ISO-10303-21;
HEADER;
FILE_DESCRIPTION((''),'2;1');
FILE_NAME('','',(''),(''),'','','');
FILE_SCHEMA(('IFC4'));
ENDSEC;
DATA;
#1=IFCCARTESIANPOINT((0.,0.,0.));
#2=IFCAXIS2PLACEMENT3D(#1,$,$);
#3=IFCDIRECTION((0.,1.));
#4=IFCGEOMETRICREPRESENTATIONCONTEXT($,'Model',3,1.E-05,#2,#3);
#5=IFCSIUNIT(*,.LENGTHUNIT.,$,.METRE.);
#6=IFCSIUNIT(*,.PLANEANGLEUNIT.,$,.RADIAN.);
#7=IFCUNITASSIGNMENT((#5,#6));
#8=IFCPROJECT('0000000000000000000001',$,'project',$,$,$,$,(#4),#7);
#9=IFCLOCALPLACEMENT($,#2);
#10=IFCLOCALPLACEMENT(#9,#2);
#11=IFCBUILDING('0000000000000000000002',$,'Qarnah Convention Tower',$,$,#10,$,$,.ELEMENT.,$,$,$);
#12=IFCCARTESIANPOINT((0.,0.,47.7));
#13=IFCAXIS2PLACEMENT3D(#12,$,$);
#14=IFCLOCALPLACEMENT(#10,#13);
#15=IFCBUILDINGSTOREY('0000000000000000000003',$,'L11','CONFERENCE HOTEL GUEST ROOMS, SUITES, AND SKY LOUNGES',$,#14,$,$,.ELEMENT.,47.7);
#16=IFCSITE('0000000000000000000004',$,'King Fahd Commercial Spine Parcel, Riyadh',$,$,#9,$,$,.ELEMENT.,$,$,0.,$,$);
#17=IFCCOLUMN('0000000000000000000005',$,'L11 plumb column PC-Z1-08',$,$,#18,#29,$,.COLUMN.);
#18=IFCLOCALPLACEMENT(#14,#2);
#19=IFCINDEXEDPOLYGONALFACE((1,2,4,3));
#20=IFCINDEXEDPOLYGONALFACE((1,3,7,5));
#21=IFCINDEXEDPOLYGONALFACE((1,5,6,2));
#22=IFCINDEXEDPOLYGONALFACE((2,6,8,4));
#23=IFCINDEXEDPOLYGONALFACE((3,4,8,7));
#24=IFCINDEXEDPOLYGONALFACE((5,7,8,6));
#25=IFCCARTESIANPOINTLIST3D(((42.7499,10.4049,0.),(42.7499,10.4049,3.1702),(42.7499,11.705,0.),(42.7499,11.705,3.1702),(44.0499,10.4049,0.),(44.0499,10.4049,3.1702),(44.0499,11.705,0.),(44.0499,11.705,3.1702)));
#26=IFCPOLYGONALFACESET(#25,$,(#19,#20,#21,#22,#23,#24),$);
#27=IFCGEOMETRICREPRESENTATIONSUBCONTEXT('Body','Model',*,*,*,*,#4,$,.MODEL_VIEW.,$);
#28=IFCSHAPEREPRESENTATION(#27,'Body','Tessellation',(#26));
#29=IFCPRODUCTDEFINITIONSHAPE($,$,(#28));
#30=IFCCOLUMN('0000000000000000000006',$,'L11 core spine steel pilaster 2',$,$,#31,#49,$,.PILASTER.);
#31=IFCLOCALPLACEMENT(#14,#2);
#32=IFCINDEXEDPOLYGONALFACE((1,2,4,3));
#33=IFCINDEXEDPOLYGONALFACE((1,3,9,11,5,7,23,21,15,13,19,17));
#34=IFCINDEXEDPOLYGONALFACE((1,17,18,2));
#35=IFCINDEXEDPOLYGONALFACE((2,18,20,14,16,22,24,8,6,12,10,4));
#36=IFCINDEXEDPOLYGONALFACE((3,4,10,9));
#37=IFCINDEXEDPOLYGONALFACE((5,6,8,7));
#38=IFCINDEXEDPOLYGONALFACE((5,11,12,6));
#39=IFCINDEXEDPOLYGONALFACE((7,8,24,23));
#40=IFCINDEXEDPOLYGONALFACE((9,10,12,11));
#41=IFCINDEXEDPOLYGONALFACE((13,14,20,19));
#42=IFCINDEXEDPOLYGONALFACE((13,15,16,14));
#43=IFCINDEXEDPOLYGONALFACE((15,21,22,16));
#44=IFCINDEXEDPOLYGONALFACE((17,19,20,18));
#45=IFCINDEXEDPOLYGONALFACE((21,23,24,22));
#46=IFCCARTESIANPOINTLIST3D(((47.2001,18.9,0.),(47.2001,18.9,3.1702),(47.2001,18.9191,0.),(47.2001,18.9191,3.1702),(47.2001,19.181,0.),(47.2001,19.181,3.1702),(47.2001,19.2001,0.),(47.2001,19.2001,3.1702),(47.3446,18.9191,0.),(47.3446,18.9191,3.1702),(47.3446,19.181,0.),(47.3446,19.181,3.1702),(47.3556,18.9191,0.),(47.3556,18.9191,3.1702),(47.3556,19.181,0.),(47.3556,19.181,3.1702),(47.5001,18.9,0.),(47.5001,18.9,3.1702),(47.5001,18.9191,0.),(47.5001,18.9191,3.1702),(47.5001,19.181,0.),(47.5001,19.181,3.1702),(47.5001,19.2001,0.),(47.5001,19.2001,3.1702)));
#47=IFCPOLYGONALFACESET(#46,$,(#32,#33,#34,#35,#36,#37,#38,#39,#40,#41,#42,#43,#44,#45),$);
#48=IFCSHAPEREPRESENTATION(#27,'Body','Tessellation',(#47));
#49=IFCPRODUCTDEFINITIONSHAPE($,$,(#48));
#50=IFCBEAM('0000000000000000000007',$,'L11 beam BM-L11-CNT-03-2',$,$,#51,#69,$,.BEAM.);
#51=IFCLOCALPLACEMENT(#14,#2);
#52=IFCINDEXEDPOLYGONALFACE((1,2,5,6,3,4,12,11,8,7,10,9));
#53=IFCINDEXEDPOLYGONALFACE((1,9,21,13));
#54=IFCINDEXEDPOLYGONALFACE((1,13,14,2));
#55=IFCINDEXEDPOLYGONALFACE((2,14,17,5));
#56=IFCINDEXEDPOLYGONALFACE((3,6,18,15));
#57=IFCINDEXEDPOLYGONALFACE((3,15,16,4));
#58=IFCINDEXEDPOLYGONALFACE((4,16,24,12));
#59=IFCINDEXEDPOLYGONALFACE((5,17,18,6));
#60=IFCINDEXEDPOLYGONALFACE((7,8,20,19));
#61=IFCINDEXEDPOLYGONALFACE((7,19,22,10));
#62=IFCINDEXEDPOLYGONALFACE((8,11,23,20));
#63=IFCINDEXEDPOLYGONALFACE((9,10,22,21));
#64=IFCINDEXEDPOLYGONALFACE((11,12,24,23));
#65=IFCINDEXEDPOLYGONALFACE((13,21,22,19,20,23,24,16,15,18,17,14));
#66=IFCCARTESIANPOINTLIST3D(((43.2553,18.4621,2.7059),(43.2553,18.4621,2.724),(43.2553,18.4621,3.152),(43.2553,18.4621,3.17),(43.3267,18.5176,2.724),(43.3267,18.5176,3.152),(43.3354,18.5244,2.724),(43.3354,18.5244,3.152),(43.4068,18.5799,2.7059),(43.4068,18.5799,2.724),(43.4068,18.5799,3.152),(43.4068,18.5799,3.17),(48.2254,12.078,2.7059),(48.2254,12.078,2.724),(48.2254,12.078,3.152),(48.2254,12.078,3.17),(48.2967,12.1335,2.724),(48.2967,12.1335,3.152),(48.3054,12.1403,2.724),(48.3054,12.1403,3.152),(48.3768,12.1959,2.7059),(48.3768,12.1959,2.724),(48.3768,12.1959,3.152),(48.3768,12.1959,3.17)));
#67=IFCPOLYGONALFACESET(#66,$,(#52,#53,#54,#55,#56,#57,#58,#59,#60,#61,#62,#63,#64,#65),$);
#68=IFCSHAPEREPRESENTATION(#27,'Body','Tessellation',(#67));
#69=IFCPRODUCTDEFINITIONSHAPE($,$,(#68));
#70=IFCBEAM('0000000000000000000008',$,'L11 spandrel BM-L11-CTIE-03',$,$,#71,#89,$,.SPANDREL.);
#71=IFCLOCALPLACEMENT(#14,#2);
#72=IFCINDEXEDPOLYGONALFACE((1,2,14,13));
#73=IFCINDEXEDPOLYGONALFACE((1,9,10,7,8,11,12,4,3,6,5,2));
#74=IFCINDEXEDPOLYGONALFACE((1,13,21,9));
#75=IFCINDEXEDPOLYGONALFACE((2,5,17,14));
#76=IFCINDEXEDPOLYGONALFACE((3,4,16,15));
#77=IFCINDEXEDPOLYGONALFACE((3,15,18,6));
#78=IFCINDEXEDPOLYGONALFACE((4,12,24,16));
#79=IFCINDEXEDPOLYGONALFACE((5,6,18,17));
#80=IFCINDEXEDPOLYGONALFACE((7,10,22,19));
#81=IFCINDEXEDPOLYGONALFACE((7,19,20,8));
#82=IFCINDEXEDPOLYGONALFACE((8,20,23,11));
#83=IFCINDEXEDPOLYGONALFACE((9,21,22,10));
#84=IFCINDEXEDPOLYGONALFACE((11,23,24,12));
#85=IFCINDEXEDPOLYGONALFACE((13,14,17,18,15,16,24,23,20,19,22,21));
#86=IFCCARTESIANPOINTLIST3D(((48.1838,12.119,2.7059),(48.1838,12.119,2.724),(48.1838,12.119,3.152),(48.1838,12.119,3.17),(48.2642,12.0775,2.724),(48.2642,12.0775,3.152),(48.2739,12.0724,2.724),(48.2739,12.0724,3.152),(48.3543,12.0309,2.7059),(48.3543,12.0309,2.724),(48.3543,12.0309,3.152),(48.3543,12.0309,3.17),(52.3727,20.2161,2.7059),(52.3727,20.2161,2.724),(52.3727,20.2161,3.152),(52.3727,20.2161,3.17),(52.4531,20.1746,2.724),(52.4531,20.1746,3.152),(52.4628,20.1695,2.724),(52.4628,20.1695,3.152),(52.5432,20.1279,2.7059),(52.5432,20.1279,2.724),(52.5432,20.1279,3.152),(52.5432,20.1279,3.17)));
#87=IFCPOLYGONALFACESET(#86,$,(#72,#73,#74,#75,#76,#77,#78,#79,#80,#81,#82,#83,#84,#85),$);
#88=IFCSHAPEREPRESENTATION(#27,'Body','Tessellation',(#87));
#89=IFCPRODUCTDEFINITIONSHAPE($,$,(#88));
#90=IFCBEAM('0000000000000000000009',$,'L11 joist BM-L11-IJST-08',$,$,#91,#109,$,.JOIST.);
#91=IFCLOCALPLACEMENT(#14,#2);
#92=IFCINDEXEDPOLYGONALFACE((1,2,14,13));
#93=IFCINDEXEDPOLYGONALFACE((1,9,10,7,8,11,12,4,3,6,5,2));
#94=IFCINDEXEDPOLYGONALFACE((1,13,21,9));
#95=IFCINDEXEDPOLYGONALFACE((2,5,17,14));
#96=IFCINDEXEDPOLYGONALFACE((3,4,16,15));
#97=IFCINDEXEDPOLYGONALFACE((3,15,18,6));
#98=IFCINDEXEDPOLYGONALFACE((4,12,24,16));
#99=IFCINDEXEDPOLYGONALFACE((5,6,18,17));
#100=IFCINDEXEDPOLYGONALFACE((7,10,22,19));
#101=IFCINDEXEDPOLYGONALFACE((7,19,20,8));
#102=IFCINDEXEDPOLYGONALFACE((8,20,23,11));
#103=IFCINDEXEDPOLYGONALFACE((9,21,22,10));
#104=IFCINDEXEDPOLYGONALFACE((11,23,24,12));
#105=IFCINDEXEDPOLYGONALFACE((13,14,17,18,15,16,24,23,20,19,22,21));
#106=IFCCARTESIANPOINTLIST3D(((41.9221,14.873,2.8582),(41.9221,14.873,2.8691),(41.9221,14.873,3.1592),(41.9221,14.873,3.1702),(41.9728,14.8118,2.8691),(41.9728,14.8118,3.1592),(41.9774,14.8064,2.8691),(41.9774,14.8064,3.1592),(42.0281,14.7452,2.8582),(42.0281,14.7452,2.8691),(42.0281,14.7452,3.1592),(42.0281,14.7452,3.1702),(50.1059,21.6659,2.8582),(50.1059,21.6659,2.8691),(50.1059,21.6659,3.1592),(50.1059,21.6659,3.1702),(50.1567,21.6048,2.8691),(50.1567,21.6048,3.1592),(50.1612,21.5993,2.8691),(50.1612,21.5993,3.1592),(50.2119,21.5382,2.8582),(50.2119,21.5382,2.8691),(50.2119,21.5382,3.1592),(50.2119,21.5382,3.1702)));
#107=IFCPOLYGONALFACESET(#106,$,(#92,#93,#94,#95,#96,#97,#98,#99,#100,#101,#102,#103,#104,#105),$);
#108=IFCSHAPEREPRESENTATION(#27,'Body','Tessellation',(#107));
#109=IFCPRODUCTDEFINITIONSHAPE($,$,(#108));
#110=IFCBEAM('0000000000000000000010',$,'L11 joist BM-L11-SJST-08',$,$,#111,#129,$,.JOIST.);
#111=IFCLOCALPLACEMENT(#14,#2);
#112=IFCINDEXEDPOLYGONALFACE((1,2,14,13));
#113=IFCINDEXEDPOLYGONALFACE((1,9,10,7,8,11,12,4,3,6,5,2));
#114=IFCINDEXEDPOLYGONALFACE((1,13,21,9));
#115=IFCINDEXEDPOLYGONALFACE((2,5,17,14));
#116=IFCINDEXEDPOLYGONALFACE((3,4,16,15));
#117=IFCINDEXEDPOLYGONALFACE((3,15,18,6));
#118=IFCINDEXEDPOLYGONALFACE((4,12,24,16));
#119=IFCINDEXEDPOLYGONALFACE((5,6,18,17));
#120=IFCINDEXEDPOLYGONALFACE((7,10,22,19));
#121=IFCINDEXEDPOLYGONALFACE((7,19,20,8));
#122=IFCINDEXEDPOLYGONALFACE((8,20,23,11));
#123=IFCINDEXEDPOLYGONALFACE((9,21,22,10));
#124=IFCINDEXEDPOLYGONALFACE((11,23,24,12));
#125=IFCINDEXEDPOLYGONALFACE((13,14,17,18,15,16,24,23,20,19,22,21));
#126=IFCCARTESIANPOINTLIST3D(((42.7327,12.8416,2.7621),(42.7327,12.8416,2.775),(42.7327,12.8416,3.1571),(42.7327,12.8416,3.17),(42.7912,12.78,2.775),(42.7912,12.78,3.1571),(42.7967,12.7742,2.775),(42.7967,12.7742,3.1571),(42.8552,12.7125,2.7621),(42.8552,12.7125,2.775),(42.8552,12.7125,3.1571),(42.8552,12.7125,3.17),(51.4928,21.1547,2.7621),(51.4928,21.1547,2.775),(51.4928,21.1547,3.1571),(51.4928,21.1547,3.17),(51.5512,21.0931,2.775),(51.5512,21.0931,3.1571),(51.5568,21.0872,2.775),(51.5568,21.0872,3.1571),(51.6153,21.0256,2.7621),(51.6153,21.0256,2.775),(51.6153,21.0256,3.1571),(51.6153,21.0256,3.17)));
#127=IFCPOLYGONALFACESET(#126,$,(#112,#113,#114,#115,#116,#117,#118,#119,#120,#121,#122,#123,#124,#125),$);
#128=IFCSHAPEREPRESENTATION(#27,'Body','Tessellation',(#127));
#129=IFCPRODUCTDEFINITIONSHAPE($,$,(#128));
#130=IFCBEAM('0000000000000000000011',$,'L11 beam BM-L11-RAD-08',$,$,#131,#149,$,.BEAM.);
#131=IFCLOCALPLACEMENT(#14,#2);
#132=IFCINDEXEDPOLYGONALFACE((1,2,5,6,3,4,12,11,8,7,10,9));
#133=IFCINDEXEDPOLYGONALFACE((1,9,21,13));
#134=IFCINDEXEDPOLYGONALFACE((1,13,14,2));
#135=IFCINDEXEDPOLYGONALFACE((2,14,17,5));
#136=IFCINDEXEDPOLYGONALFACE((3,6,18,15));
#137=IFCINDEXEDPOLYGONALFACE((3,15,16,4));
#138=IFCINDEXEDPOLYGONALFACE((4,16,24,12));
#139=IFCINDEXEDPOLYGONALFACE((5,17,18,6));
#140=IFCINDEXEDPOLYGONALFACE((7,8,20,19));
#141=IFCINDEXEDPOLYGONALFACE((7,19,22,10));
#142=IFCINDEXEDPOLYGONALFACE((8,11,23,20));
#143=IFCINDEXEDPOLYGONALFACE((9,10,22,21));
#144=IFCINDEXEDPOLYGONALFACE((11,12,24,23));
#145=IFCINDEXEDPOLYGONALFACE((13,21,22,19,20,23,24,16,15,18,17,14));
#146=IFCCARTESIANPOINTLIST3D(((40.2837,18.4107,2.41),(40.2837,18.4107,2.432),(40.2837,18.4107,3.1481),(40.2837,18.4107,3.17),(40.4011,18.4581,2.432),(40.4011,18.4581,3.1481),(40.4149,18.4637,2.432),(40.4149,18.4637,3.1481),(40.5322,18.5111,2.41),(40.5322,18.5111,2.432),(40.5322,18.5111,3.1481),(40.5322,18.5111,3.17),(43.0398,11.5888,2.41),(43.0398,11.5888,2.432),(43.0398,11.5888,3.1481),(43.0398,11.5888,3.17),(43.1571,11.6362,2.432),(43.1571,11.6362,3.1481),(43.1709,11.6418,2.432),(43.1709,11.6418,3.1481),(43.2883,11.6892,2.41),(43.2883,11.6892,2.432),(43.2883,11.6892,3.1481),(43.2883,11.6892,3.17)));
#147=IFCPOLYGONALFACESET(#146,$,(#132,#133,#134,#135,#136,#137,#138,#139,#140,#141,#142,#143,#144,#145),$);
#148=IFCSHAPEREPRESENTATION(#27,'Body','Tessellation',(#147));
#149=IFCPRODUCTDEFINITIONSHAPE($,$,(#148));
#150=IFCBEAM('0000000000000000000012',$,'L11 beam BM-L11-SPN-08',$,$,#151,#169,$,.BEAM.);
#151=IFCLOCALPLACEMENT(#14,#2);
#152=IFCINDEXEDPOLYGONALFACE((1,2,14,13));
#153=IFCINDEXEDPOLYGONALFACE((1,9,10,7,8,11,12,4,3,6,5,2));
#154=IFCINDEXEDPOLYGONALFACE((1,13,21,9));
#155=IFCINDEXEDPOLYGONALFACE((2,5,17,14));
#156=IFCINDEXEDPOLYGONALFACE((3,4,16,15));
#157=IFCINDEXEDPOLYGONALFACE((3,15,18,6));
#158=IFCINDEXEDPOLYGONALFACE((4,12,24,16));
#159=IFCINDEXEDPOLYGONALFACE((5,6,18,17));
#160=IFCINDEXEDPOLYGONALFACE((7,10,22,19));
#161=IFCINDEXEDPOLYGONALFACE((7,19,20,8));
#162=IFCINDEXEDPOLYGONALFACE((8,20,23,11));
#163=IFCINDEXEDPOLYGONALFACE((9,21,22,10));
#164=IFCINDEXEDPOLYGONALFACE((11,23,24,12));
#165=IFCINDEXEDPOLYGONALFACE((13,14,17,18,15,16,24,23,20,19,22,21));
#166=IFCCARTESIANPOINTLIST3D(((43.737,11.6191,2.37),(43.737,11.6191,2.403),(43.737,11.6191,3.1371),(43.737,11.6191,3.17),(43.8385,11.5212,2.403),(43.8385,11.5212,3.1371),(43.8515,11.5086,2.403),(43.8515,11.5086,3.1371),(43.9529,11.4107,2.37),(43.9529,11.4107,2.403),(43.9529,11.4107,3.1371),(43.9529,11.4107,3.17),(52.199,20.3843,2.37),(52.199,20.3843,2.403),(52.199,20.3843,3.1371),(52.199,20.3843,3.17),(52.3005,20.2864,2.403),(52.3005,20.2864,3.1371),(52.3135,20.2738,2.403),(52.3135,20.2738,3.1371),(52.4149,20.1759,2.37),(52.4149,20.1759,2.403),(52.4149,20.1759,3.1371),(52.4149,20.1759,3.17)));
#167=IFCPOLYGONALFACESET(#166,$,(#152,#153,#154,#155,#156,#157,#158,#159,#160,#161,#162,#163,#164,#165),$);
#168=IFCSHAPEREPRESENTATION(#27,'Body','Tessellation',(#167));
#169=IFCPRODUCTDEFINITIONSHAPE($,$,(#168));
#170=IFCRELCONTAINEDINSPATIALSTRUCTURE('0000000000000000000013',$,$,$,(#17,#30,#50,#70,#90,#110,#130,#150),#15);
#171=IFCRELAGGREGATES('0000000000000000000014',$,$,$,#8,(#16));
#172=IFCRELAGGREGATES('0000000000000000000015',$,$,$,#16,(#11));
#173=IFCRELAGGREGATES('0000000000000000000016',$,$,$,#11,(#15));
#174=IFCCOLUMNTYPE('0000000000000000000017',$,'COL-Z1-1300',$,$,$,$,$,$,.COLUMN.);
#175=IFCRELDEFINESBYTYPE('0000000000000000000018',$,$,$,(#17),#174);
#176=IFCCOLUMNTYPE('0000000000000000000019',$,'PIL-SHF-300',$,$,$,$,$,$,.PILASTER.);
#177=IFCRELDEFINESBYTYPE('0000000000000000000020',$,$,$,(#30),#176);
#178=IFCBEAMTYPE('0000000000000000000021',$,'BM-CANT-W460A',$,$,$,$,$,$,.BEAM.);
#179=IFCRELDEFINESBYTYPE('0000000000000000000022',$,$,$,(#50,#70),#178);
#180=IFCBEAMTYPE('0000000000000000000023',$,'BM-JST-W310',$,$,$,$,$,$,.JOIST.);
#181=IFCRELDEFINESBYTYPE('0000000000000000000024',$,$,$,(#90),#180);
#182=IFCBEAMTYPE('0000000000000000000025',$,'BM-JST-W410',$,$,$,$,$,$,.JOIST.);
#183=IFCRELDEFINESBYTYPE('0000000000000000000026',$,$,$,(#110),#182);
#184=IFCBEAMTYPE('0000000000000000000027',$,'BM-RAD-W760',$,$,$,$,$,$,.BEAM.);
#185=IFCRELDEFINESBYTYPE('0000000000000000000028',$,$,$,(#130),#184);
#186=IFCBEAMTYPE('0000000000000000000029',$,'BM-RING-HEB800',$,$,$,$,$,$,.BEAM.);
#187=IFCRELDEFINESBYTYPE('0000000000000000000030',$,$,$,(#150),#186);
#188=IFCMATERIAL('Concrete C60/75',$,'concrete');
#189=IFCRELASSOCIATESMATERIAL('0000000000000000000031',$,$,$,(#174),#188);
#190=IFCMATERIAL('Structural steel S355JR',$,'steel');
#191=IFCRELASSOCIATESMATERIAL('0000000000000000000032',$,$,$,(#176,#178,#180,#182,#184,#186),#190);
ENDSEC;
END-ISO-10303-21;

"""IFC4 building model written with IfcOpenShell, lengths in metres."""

from ifc_helpers import new_model, si_unit, direction, frame, origin, origin_2d, place, context, subcontext, project, spatial, rectangle, i_section, extrude, material, material_profile, profile_set, type_object, element, save


model = new_model("IFC4")

# Units and contexts
model_context = context("Model", 3, precision=1e-05, world=origin(), true_north=direction((0.0, 1.0)))
body_context = subcontext(model_context, "Body", "Model", "MODEL_VIEW")
ifc_project = project(units=[si_unit("LENGTHUNIT", "METRE"), si_unit("PLANEANGLEUNIT", "RADIAN")], contexts=[model_context])

# Site, building, storey
site_placement = place(None, origin())
site = spatial("IfcSite", under=ifc_project, at=site_placement, Name="King Fahd Commercial Spine Parcel, Riyadh", CompositionType="ELEMENT", RefElevation=0.0)
building_placement = place(site_placement, origin())
building = spatial("IfcBuilding", under=site, at=building_placement, Name="Qarnah Convention Tower", CompositionType="ELEMENT")
storey_placement = place(building_placement, frame((0.0, 0.0, 47.7)))
storey = spatial("IfcBuildingStorey", under=building, at=storey_placement, Name="L11", Description="CONFERENCE HOTEL GUEST ROOMS, SUITES, AND SKY LOUNGES", CompositionType="ELEMENT", Elevation=47.7)

# Columns
ifc_material_1 = material(Name="Concrete C60/75", Category="concrete")
ifc_material_profile_1 = material_profile(ifc_material_1, rectangle(XDim=1.3, YDim=1.3, at=origin_2d()), Name="RC-COL-1300X1300")
ifc_profile_set_1 = profile_set([ifc_material_profile_1], Name="Concrete C60/75")
column_type_1 = type_object("IfcColumnType", Name="COL-Z1-1300", PredefinedType="COLUMN", material=ifc_profile_set_1)
column_1_placement = place(storey_placement, frame((43.3999, 11.0549, 0.0), z_axis=(0.0, 0.0, 1.0), x_axis=(1.0, 0.0, 0.0)))
element("IfcColumn", 1, at=column_1_placement, inside=storey, type_object=column_type_1, Name="L11 plumb column PC-Z1-08", PredefinedType="COLUMN", context=body_context, shape_type="SweptSolid", body=[
    extrude(rectangle(XDim=1.3, YDim=1.3, at=origin_2d()), origin(), (0.0, 0.0, 1.0), 3.1702),
])
ifc_material_2 = material(Name="Structural steel S355JR", Category="steel")
ifc_material_profile_2 = material_profile(ifc_material_2, i_section(OverallWidth=0.3, OverallDepth=0.3, WebThickness=0.011, FlangeThickness=0.019, at=origin_2d()), Name="HEB300")
ifc_profile_set_2 = profile_set([ifc_material_profile_2], Name="Structural steel S355JR")
column_type_2 = type_object("IfcColumnType", Name="PIL-SHF-300", PredefinedType="PILASTER", material=ifc_profile_set_2)
column_2_placement = place(storey_placement, frame((47.3501, 19.05, 0.0), z_axis=(0.0, 0.0, 1.0), x_axis=(1.0, 0.0, 0.0)))
element("IfcColumn", 2, at=column_2_placement, inside=storey, type_object=column_type_2, Name="L11 core spine steel pilaster 2", PredefinedType="PILASTER", context=body_context, shape_type="SweptSolid", body=[
    extrude(i_section(OverallWidth=0.3, OverallDepth=0.3, WebThickness=0.011, FlangeThickness=0.019, at=origin_2d()), origin(), (0.0, 0.0, 1.0), 3.1702),
])

# Beams
ifc_material_profile_3 = material_profile(ifc_material_2, i_section(OverallWidth=0.1919, OverallDepth=0.4641, WebThickness=0.011, FlangeThickness=0.0181, at=origin_2d()), Name="W460X89")
ifc_profile_set_3 = profile_set([ifc_material_profile_3], Name="Structural steel S355JR")
beam_type_1 = type_object("IfcBeamType", Name="BM-CANT-W460A", PredefinedType="BEAM", material=ifc_profile_set_3)
beam_1_placement = place(storey_placement, frame((43.3311, 18.521, 2.938), z_axis=(0.614296, -0.789076, 0.0), x_axis=(0.789076, 0.614296, 0.0)))
element("IfcBeam", 3, at=beam_1_placement, inside=storey, type_object=beam_type_1, Name="L11 beam BM-L11-CNT-03-2", PredefinedType="BEAM", context=body_context, shape_type="SweptSolid", body=[
    extrude(i_section(OverallWidth=0.1919, OverallDepth=0.4641, WebThickness=0.011, FlangeThickness=0.0181, at=origin_2d()), origin(), (0.0, 0.0, 1.0), 8.0906),
])
beam_2_placement = place(storey_placement, frame((48.269, 12.075, 2.938), z_axis=(0.45949, 0.888183, 0.0), x_axis=(-0.888183, 0.45949, 0.0)))
element("IfcBeam", 4, at=beam_2_placement, inside=storey, type_object=beam_type_1, Name="L11 spandrel BM-L11-CTIE-03", PredefinedType="SPANDREL", context=body_context, shape_type="SweptSolid", body=[
    extrude(i_section(OverallWidth=0.1919, OverallDepth=0.4641, WebThickness=0.011, FlangeThickness=0.0181, at=origin_2d()), origin(), (0.0, 0.0, 1.0), 9.1165),
])
ifc_material_profile_4 = material_profile(ifc_material_2, i_section(OverallWidth=0.166, OverallDepth=0.312, WebThickness=0.0071, FlangeThickness=0.011, at=origin_2d()), Name="W310X45")
ifc_profile_set_4 = profile_set([ifc_material_profile_4], Name="Structural steel S355JR")
beam_type_2 = type_object("IfcBeamType", Name="BM-JST-W310", PredefinedType="JOIST", material=ifc_profile_set_4)
beam_3_placement = place(storey_placement, frame((41.9751, 14.8091, 3.0142), z_axis=(0.769464, 0.638691, 0.0), x_axis=(-0.638691, 0.769464, 0.0)))
element("IfcBeam", 5, at=beam_3_placement, inside=storey, type_object=beam_type_2, Name="L11 joist BM-L11-IJST-08", PredefinedType="JOIST", context=body_context, shape_type="SweptSolid", body=[
    extrude(i_section(OverallWidth=0.166, OverallDepth=0.312, WebThickness=0.0071, FlangeThickness=0.011, at=origin_2d()), origin(), (0.0, 0.0, 1.0), 10.6357),
])
ifc_material_profile_5 = material_profile(ifc_material_2, i_section(OverallWidth=0.178, OverallDepth=0.408, WebThickness=0.0081, FlangeThickness=0.0129, at=origin_2d()), Name="W410X60")
ifc_profile_set_5 = profile_set([ifc_material_profile_5], Name="Structural steel S355JR")
beam_type_3 = type_object("IfcBeamType", Name="BM-JST-W410", PredefinedType="JOIST", material=ifc_profile_set_5)
beam_4_placement = place(storey_placement, frame((42.7939, 12.7771, 2.9661), z_axis=(0.725372, 0.688357, 0.0), x_axis=(-0.688357, 0.725372, 0.0)))
element("IfcBeam", 6, at=beam_4_placement, inside=storey, type_object=beam_type_3, Name="L11 joist BM-L11-SJST-08", PredefinedType="JOIST", context=body_context, shape_type="SweptSolid", body=[
    extrude(i_section(OverallWidth=0.178, OverallDepth=0.408, WebThickness=0.0081, FlangeThickness=0.0129, at=origin_2d()), origin(), (0.0, 0.0, 1.0), 12.0767),
])
ifc_material_profile_6 = material_profile(ifc_material_2, i_section(OverallWidth=0.2681, OverallDepth=0.76, WebThickness=0.0149, FlangeThickness=0.022, at=origin_2d()), Name="W760X185")
ifc_profile_set_6 = profile_set([ifc_material_profile_6], Name="Structural steel S355JR")
beam_type_4 = type_object("IfcBeamType", Name="BM-RAD-W760", PredefinedType="BEAM", material=ifc_profile_set_6)
beam_5_placement = place(storey_placement, frame((40.408, 18.4609, 2.79), z_axis=(0.374586, -0.927192, 0.0), x_axis=(0.927192, 0.374586, 0.0)))
element("IfcBeam", 7, at=beam_5_placement, inside=storey, type_object=beam_type_4, Name="L11 beam BM-L11-RAD-08", PredefinedType="BEAM", context=body_context, shape_type="SweptSolid", body=[
    extrude(i_section(OverallWidth=0.2681, OverallDepth=0.76, WebThickness=0.0149, FlangeThickness=0.022, at=origin_2d()), origin(), (0.0, 0.0, 1.0), 7.3577),
])
ifc_material_profile_7 = material_profile(ifc_material_2, i_section(OverallWidth=0.3, OverallDepth=0.8, WebThickness=0.0181, FlangeThickness=0.033, at=origin_2d()), Name="HEB800")
ifc_profile_set_7 = profile_set([ifc_material_profile_7], Name="Structural steel S355JR")
beam_type_5 = type_object("IfcBeamType", Name="BM-RING-HEB800", PredefinedType="BEAM", material=ifc_profile_set_7)
beam_6_placement = place(storey_placement, frame((43.845, 11.5149, 2.77), z_axis=(0.694553, 0.719442, 0.0), x_axis=(-0.719442, 0.694553, 0.0)))
element("IfcBeam", 8, at=beam_6_placement, inside=storey, type_object=beam_type_5, Name="L11 beam BM-L11-SPN-08", PredefinedType="BEAM", context=body_context, shape_type="SweptSolid", body=[
    extrude(i_section(OverallWidth=0.3, OverallDepth=0.8, WebThickness=0.0181, FlangeThickness=0.033, at=origin_2d()), origin(), (0.0, 0.0, 1.0), 12.1833),
])

save(model, "model.ifc")
